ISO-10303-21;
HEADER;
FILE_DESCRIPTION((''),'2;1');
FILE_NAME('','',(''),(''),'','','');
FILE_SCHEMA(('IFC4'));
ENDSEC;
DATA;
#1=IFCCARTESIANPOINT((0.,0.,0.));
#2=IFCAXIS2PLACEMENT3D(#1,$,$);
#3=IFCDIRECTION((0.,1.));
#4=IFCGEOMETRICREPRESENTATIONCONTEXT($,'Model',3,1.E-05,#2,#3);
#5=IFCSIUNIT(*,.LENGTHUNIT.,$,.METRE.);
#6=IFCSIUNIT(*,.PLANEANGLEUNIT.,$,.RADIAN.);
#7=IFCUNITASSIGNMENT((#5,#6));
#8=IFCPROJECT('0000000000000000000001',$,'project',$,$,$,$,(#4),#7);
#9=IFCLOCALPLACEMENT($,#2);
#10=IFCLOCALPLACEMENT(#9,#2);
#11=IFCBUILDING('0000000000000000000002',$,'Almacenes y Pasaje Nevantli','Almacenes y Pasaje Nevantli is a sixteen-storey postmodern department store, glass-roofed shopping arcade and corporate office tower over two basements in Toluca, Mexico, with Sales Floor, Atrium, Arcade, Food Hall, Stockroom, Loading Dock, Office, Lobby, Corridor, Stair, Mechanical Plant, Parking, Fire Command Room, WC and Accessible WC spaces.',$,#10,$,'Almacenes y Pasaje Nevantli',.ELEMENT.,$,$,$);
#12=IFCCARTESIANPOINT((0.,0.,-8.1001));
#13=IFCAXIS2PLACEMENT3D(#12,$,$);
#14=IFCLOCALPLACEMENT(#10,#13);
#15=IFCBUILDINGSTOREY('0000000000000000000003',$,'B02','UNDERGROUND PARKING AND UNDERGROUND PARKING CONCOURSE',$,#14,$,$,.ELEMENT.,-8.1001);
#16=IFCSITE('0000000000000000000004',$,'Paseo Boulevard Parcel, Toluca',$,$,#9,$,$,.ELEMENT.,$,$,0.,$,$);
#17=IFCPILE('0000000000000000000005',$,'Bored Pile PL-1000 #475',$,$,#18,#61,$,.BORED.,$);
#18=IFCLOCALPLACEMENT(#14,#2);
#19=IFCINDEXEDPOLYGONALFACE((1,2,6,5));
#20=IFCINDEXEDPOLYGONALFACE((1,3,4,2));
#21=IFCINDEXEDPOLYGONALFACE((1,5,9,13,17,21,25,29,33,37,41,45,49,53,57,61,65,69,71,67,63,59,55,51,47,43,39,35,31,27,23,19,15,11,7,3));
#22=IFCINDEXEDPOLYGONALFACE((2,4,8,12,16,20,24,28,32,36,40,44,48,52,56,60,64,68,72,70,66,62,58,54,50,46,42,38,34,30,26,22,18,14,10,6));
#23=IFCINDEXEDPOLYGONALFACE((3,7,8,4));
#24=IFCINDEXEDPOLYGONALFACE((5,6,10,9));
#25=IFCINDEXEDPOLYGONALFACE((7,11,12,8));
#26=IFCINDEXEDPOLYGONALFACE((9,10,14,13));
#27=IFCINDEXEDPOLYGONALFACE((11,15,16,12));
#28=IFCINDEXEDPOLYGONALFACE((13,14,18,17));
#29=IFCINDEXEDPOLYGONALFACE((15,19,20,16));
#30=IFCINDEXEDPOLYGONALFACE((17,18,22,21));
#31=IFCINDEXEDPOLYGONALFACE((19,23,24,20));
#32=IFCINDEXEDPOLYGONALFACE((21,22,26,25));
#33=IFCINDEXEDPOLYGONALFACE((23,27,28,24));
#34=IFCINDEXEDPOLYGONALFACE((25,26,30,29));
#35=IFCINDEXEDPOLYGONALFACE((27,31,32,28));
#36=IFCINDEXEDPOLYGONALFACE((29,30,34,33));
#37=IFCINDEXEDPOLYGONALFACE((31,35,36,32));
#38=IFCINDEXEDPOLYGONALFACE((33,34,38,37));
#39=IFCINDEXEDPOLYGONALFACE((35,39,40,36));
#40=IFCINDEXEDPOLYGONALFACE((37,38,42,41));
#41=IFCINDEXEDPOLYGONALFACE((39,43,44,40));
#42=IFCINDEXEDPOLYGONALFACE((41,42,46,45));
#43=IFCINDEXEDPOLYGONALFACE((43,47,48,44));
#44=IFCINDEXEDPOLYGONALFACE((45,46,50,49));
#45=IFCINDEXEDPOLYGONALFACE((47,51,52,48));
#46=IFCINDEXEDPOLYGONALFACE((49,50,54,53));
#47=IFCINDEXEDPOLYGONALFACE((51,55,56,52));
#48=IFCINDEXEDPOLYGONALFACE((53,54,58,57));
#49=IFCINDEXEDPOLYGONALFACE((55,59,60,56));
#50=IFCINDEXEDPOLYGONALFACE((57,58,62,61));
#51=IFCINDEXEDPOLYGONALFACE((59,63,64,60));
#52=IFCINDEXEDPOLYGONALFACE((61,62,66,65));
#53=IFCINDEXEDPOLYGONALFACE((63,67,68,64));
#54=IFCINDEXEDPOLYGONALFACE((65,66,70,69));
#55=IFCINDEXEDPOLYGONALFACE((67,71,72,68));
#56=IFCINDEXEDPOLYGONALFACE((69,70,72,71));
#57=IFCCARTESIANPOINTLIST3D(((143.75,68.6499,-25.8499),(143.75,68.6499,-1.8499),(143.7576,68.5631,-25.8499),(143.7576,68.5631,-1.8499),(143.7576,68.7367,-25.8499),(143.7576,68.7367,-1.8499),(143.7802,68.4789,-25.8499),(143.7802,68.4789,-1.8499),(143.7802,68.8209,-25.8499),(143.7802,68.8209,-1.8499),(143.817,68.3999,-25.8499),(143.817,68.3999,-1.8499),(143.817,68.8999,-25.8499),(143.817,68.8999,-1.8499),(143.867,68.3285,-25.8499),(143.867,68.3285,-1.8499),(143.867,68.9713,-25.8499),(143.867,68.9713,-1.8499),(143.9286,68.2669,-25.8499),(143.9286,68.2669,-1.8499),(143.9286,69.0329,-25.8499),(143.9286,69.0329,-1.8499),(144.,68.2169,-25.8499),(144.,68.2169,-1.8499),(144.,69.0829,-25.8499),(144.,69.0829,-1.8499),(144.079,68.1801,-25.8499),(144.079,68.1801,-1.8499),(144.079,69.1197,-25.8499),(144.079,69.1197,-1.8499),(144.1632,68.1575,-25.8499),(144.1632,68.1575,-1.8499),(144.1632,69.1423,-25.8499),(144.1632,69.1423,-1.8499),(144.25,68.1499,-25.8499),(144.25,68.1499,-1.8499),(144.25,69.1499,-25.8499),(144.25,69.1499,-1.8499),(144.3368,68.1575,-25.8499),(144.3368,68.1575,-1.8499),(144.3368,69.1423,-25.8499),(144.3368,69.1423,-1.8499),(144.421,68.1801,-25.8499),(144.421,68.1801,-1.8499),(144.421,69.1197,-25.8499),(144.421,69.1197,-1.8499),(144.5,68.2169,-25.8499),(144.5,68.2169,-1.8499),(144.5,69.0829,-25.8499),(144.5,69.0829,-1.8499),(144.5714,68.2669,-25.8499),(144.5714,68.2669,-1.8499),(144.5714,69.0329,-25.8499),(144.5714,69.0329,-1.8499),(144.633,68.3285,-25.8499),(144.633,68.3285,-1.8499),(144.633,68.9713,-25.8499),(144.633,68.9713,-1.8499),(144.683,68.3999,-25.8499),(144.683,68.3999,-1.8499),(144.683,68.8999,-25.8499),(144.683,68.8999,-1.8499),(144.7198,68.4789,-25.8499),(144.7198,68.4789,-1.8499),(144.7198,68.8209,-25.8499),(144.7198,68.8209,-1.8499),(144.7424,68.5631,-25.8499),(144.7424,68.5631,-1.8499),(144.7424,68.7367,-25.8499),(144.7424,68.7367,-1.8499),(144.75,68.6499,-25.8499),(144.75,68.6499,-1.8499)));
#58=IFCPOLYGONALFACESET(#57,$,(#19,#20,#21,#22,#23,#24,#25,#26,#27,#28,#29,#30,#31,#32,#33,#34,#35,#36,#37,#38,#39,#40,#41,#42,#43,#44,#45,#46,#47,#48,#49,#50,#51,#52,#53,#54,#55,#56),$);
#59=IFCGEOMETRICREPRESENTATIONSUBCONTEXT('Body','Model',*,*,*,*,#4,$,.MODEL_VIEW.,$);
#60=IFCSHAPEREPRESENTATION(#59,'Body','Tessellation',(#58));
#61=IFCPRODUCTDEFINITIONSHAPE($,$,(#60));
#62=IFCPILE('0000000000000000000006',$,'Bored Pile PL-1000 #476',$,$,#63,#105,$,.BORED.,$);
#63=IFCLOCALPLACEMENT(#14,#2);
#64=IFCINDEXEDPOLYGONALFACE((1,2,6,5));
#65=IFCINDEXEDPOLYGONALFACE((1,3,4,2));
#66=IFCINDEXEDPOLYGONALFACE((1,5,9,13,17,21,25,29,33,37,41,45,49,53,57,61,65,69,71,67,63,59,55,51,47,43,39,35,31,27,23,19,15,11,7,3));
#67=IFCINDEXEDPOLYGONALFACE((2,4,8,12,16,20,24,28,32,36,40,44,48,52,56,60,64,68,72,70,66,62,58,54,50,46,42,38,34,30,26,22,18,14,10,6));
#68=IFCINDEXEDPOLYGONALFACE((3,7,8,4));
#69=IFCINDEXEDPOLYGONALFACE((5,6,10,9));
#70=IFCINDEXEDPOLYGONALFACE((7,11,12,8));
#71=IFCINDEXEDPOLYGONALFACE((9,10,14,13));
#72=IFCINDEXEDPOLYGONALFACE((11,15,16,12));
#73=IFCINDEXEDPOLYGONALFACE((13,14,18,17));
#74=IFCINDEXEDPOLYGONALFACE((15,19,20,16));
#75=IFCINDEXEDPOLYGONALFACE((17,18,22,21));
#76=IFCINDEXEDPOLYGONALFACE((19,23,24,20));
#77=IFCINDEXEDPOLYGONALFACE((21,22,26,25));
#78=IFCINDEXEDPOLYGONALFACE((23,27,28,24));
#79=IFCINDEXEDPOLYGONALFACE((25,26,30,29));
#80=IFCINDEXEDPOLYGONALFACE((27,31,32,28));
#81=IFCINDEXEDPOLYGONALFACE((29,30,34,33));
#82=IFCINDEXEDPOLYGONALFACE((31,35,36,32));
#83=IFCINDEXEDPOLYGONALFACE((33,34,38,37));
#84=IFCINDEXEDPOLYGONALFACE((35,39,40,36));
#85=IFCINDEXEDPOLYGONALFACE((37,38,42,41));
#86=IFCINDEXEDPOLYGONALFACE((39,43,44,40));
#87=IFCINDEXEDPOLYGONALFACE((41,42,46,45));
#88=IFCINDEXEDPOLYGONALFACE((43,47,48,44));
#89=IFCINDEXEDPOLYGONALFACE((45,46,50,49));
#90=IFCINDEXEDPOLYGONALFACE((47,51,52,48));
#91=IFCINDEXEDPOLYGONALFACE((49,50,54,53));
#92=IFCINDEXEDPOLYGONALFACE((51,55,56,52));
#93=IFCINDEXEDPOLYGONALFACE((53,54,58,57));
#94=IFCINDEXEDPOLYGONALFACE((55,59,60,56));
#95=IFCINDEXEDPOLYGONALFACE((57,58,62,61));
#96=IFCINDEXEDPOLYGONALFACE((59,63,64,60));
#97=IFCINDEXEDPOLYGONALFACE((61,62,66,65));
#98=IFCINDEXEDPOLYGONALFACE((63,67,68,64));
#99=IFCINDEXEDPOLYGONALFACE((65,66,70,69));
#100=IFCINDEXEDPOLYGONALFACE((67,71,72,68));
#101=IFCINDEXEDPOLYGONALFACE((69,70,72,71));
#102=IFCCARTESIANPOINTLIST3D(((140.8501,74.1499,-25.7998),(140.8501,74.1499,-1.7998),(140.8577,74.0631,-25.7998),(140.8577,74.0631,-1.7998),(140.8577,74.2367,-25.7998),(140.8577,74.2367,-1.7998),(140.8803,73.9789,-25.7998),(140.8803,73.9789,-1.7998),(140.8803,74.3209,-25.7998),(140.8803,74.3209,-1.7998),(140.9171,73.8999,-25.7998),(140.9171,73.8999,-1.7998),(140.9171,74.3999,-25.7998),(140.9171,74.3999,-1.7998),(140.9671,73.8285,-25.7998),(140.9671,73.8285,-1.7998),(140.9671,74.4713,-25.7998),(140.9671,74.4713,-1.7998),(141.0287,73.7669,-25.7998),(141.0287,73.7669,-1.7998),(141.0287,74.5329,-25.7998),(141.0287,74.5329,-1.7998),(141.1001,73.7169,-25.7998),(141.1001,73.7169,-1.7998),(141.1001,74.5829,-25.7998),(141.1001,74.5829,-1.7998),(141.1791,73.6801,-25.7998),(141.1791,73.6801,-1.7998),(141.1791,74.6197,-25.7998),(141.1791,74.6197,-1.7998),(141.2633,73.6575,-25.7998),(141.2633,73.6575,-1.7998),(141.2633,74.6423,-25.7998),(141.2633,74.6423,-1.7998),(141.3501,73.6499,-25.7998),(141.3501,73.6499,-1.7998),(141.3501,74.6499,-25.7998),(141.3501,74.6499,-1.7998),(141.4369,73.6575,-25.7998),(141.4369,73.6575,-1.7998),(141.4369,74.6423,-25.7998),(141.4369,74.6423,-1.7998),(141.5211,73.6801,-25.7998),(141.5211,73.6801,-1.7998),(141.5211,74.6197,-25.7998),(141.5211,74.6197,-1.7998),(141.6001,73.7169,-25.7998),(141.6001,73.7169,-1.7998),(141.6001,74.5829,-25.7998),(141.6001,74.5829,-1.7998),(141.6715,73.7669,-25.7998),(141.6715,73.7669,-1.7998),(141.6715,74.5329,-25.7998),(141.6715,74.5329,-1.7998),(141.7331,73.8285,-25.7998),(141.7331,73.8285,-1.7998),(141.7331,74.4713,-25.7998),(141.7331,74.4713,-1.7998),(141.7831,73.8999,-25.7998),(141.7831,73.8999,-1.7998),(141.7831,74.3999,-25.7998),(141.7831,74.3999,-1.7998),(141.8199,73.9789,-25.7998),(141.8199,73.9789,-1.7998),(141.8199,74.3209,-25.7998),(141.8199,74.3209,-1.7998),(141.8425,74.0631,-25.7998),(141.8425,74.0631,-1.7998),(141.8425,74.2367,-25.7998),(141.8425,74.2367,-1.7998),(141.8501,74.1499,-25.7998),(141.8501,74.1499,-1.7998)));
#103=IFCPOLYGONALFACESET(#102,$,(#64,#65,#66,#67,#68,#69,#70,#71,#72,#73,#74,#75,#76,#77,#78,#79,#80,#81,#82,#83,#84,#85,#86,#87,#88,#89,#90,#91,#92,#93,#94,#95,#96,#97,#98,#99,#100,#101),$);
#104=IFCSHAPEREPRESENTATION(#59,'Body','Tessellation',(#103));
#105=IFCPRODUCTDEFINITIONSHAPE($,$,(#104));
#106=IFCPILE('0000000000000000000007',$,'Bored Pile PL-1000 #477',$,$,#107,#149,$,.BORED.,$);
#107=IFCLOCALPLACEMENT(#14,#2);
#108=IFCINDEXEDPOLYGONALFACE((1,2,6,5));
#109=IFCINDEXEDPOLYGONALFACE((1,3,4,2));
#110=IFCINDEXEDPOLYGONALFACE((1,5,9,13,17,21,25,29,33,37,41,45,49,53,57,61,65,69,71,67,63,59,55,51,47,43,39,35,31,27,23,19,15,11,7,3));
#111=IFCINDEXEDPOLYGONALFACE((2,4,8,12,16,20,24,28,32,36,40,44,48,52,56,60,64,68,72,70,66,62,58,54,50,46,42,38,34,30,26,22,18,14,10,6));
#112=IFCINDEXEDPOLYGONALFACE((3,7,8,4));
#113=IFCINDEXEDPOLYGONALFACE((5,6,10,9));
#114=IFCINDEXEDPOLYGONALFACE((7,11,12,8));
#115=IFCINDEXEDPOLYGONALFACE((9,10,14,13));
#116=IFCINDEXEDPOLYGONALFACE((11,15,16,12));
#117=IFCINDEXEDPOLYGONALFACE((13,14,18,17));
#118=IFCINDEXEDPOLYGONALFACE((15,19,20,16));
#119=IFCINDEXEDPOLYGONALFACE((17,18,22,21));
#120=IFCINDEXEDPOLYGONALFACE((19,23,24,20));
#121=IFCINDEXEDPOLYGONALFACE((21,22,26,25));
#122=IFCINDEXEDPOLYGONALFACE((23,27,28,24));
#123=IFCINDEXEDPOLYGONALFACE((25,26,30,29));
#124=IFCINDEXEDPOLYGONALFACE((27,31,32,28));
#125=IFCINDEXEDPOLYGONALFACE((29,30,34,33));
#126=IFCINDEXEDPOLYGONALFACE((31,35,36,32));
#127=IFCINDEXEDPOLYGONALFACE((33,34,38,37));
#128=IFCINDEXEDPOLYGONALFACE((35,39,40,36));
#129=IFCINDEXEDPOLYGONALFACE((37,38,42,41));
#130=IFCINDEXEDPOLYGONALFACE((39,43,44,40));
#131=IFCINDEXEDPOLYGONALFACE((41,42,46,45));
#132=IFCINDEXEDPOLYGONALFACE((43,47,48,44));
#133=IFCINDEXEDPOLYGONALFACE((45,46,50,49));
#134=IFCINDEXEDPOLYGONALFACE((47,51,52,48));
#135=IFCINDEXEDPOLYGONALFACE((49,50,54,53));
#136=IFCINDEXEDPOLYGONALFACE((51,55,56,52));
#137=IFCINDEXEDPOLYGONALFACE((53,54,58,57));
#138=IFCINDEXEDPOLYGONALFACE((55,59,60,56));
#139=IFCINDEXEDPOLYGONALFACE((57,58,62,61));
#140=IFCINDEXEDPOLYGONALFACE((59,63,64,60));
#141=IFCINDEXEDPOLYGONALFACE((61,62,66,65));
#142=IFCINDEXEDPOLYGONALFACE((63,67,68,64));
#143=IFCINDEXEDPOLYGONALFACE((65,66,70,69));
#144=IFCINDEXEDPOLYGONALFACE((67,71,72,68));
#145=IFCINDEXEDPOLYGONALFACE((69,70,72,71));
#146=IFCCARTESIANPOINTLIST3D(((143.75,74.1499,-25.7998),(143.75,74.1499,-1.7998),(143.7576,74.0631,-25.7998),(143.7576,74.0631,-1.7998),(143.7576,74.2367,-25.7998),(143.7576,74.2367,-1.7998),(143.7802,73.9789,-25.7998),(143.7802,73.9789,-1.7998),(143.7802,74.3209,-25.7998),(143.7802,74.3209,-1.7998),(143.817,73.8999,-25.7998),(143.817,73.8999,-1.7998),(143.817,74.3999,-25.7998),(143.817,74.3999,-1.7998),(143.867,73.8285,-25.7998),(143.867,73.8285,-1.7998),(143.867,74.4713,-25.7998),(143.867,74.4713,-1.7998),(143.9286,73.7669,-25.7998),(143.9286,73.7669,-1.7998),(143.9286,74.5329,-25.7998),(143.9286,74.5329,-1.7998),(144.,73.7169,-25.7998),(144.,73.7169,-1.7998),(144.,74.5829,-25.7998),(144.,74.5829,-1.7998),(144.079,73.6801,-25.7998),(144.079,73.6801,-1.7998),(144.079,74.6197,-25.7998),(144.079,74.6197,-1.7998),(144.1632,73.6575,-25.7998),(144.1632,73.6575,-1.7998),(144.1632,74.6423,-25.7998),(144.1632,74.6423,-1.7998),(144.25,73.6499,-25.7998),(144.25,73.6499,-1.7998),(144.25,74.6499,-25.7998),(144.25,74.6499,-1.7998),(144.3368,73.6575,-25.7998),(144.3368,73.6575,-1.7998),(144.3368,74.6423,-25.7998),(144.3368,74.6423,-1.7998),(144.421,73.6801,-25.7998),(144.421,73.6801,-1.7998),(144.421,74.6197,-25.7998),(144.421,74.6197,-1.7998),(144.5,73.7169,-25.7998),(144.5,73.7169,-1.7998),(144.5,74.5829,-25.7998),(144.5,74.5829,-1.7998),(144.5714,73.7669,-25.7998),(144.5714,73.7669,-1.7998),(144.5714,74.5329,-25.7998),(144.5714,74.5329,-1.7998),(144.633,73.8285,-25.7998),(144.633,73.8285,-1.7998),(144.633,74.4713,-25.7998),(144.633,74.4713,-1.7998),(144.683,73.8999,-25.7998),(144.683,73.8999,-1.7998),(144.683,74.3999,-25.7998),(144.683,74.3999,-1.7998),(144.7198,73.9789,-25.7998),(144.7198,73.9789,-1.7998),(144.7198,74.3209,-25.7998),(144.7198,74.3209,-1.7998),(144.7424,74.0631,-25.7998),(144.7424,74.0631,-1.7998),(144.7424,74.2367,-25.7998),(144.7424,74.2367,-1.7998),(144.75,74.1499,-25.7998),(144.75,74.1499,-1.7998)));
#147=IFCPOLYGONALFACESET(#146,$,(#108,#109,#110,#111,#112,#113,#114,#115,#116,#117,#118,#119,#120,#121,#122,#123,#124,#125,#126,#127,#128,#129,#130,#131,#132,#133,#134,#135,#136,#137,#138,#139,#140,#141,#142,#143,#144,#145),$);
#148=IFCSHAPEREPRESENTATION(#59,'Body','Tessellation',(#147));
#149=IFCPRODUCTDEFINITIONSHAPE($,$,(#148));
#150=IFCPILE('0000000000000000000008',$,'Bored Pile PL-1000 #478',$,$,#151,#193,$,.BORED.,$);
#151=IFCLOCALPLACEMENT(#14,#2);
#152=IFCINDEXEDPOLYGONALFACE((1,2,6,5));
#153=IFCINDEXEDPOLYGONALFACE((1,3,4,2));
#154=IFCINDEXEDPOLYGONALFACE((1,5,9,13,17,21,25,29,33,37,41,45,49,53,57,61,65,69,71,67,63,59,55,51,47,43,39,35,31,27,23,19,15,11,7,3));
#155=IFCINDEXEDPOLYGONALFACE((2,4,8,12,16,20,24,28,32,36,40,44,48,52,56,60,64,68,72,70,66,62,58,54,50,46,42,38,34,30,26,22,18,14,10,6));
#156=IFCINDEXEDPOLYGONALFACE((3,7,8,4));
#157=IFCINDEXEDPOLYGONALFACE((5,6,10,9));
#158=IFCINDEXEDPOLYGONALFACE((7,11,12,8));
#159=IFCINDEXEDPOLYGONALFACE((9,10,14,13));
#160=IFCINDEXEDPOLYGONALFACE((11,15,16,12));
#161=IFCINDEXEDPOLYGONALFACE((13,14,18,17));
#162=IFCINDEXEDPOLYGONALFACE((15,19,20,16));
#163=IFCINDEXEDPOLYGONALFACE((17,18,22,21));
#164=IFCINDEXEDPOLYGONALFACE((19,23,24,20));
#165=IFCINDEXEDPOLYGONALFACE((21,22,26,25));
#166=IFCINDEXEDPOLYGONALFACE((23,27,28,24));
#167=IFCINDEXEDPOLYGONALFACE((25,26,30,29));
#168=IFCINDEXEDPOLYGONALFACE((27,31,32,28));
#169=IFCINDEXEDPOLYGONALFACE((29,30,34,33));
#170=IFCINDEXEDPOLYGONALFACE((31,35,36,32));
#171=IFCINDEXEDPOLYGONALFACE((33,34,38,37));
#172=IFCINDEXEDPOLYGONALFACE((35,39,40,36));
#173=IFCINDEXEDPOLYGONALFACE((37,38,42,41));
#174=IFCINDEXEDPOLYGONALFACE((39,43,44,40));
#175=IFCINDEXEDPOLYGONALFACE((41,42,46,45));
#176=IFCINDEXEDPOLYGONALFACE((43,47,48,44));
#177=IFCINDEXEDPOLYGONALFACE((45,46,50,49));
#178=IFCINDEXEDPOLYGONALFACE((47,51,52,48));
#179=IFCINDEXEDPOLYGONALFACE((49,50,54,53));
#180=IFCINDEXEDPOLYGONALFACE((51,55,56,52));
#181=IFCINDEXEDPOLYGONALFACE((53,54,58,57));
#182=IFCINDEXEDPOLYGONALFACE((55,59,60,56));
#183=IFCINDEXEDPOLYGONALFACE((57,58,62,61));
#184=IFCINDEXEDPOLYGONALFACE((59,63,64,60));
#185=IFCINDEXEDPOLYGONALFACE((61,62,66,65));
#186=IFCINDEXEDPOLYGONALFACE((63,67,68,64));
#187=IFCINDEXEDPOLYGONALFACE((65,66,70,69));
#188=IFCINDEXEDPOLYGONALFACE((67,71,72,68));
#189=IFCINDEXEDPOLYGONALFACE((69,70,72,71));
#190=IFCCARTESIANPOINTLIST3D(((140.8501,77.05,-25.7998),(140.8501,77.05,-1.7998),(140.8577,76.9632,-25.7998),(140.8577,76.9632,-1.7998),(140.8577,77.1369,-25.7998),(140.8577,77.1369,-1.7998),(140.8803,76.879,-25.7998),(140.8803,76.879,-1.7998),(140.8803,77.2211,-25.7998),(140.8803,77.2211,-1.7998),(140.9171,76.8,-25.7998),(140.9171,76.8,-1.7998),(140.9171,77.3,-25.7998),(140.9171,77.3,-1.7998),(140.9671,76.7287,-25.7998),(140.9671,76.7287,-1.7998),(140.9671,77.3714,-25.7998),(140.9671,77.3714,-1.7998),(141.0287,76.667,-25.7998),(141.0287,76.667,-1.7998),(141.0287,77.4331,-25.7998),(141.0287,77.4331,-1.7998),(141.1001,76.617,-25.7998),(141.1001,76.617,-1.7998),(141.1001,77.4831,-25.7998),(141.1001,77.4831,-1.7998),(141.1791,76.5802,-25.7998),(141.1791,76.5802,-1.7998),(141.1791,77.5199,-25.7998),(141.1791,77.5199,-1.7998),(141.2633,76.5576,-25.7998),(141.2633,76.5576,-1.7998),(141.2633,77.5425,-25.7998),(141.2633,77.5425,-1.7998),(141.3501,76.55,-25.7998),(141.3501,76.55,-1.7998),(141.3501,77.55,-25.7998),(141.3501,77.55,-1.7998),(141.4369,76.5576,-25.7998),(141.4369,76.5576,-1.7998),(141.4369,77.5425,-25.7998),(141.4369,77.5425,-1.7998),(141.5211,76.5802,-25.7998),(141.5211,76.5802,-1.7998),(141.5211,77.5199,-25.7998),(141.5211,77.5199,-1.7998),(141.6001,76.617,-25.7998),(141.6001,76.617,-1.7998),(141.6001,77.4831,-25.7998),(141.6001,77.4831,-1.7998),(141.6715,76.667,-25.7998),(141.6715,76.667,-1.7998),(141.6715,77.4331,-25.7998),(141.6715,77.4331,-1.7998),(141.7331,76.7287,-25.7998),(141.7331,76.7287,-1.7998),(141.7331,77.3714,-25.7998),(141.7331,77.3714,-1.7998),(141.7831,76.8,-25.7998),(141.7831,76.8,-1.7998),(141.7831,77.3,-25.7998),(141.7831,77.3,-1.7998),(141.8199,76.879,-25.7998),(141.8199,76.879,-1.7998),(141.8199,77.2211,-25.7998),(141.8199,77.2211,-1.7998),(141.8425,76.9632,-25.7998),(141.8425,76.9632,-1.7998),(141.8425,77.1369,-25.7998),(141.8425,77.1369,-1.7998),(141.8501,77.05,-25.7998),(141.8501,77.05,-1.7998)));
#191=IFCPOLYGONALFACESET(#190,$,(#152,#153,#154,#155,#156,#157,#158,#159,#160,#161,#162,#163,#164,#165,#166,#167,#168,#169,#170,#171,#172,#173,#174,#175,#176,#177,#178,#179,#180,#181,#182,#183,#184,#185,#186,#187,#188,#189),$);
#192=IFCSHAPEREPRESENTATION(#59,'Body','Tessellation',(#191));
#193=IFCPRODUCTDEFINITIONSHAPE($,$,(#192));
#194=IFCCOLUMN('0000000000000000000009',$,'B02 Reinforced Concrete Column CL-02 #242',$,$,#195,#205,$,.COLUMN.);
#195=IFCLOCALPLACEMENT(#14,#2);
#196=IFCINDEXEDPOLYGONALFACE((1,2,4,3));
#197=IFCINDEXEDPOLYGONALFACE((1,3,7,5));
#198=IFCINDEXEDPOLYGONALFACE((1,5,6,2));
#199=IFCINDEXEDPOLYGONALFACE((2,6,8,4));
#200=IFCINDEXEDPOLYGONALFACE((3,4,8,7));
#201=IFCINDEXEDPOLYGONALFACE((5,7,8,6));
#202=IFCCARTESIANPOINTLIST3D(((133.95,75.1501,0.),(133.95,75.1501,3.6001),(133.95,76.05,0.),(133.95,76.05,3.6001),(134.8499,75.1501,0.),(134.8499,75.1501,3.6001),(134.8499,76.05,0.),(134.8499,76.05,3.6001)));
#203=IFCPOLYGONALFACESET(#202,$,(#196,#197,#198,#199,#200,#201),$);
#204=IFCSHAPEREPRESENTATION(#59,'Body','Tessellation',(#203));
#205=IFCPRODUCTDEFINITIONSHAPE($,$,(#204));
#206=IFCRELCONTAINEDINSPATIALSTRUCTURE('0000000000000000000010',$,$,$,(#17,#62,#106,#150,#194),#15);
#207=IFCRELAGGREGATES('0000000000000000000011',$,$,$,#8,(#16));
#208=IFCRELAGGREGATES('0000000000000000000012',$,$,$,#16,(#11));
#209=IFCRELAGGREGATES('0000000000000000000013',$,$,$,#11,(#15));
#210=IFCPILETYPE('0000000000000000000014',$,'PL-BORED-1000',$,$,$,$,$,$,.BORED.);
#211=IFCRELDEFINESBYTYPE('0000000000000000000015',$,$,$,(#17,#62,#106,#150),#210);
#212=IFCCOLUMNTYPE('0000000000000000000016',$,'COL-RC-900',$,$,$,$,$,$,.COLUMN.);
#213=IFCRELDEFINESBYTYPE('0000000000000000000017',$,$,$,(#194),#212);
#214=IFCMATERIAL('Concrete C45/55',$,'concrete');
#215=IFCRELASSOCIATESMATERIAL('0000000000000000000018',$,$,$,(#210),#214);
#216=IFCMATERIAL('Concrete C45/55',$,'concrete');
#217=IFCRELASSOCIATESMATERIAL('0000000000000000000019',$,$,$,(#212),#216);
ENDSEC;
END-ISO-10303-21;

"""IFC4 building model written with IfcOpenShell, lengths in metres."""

from ifc_helpers import new_model, si_unit, direction, frame, origin, origin_2d, place, context, subcontext, project, spatial, rectangle, circle, extrude, material, material_profile, profile_set, type_object, element, save


model = new_model("IFC4")

# Units and contexts
model_context = context("Model", 3, precision=1e-05, world=origin(), true_north=direction((0.0, 1.0)))
body_context = subcontext(model_context, "Body", "Model", "MODEL_VIEW")
ifc_project = project(units=[si_unit("LENGTHUNIT", "METRE"), si_unit("PLANEANGLEUNIT", "RADIAN")], contexts=[model_context])

# Site, building, storey
site_placement = place(None, origin())
site = spatial("IfcSite", under=ifc_project, at=site_placement, Name="Paseo Boulevard Parcel, Toluca", CompositionType="ELEMENT", RefElevation=0.0)
building_placement = place(site_placement, origin())
building = spatial("IfcBuilding", under=site, at=building_placement, Name="Almacenes y Pasaje Nevantli", Description="Almacenes y Pasaje Nevantli is a sixteen-storey postmodern department store, glass-roofed shopping arcade and corporate office tower over two basements in Toluca, Mexico, with Sales Floor, Atrium, Arcade, Food Hall, Stockroom, Loading Dock, Office, Lobby, Corridor, Stair, Mechanical Plant, Parking, Fire Command Room, WC and Accessible WC spaces.", LongName="Almacenes y Pasaje Nevantli", CompositionType="ELEMENT")
storey_placement = place(building_placement, frame((0.0, 0.0, -8.1001)))
storey = spatial("IfcBuildingStorey", under=building, at=storey_placement, Name="B02", Description="UNDERGROUND PARKING AND UNDERGROUND PARKING CONCOURSE", CompositionType="ELEMENT", Elevation=-8.1001)

# Piles
ifc_material_1 = material(Name="Concrete C45/55", Category="concrete")
ifc_material_profile_1 = material_profile(ifc_material_1, circle(Radius=0.5, at=origin_2d()), Name="RC-PILE-D1000")
ifc_profile_set_1 = profile_set([ifc_material_profile_1], Name="Concrete C45/55")
pile_type = type_object("IfcPileType", Name="PL-BORED-1000", PredefinedType="BORED", material=ifc_profile_set_1)
for number, where, z_axis, x_axis, name in (
    (1, (144.25, 68.6499, -1.8499), (0.0, 0.0, -1.0), (1.0, 0.0, 0.0), "Bored Pile PL-1000 #475"),
    (2, (141.3501, 74.1499, -1.7998), (0.0, 0.0, -1.0), (1.0, 0.0, 0.0), "Bored Pile PL-1000 #476"),
    (3, (144.25, 74.1499, -1.7998), (0.0, 0.0, -1.0), (1.0, 0.0, 0.0), "Bored Pile PL-1000 #477"),
    (4, (141.3501, 77.05, -1.7998), (0.0, 0.0, -1.0), (1.0, 0.0, 0.0), "Bored Pile PL-1000 #478"),
):
    element("IfcPile", number, at=place(storey_placement, frame(where, z_axis=z_axis, x_axis=x_axis)), inside=storey, type_object=pile_type, Name=name, PredefinedType="BORED", context=body_context, shape_type="SweptSolid", body=[
        extrude(circle(Radius=0.5, at=origin_2d()), origin(), (0.0, 0.0, 1.0), 24.0),
    ])

# Column
ifc_material_2 = material(Name="Concrete C45/55", Category="concrete")
ifc_material_profile_2 = material_profile(ifc_material_2, rectangle(XDim=0.8999, YDim=0.8999, at=origin_2d()), Name="RC-COL-900x900")
ifc_profile_set_2 = profile_set([ifc_material_profile_2], Name="Concrete C45/55")
column_type_1 = type_object("IfcColumnType", Name="COL-RC-900", PredefinedType="COLUMN", material=ifc_profile_set_2)
for number, where, z_axis, x_axis, name in (
    (5, (134.3999, 75.6001, 0.0), (0.0, 0.0, 1.0), (1.0, 0.0, 0.0), "B02 Reinforced Concrete Column CL-02 #242"),
):
    element("IfcColumn", number, at=place(storey_placement, frame(where, z_axis=z_axis, x_axis=x_axis)), inside=storey, type_object=column_type_1, Name=name, PredefinedType="COLUMN", context=body_context, shape_type="SweptSolid", body=[
        extrude(rectangle(XDim=0.8999, YDim=0.8999, at=origin_2d()), origin(), (0.0, 0.0, 1.0), 3.6001),
    ])

save(model, "model.ifc")
